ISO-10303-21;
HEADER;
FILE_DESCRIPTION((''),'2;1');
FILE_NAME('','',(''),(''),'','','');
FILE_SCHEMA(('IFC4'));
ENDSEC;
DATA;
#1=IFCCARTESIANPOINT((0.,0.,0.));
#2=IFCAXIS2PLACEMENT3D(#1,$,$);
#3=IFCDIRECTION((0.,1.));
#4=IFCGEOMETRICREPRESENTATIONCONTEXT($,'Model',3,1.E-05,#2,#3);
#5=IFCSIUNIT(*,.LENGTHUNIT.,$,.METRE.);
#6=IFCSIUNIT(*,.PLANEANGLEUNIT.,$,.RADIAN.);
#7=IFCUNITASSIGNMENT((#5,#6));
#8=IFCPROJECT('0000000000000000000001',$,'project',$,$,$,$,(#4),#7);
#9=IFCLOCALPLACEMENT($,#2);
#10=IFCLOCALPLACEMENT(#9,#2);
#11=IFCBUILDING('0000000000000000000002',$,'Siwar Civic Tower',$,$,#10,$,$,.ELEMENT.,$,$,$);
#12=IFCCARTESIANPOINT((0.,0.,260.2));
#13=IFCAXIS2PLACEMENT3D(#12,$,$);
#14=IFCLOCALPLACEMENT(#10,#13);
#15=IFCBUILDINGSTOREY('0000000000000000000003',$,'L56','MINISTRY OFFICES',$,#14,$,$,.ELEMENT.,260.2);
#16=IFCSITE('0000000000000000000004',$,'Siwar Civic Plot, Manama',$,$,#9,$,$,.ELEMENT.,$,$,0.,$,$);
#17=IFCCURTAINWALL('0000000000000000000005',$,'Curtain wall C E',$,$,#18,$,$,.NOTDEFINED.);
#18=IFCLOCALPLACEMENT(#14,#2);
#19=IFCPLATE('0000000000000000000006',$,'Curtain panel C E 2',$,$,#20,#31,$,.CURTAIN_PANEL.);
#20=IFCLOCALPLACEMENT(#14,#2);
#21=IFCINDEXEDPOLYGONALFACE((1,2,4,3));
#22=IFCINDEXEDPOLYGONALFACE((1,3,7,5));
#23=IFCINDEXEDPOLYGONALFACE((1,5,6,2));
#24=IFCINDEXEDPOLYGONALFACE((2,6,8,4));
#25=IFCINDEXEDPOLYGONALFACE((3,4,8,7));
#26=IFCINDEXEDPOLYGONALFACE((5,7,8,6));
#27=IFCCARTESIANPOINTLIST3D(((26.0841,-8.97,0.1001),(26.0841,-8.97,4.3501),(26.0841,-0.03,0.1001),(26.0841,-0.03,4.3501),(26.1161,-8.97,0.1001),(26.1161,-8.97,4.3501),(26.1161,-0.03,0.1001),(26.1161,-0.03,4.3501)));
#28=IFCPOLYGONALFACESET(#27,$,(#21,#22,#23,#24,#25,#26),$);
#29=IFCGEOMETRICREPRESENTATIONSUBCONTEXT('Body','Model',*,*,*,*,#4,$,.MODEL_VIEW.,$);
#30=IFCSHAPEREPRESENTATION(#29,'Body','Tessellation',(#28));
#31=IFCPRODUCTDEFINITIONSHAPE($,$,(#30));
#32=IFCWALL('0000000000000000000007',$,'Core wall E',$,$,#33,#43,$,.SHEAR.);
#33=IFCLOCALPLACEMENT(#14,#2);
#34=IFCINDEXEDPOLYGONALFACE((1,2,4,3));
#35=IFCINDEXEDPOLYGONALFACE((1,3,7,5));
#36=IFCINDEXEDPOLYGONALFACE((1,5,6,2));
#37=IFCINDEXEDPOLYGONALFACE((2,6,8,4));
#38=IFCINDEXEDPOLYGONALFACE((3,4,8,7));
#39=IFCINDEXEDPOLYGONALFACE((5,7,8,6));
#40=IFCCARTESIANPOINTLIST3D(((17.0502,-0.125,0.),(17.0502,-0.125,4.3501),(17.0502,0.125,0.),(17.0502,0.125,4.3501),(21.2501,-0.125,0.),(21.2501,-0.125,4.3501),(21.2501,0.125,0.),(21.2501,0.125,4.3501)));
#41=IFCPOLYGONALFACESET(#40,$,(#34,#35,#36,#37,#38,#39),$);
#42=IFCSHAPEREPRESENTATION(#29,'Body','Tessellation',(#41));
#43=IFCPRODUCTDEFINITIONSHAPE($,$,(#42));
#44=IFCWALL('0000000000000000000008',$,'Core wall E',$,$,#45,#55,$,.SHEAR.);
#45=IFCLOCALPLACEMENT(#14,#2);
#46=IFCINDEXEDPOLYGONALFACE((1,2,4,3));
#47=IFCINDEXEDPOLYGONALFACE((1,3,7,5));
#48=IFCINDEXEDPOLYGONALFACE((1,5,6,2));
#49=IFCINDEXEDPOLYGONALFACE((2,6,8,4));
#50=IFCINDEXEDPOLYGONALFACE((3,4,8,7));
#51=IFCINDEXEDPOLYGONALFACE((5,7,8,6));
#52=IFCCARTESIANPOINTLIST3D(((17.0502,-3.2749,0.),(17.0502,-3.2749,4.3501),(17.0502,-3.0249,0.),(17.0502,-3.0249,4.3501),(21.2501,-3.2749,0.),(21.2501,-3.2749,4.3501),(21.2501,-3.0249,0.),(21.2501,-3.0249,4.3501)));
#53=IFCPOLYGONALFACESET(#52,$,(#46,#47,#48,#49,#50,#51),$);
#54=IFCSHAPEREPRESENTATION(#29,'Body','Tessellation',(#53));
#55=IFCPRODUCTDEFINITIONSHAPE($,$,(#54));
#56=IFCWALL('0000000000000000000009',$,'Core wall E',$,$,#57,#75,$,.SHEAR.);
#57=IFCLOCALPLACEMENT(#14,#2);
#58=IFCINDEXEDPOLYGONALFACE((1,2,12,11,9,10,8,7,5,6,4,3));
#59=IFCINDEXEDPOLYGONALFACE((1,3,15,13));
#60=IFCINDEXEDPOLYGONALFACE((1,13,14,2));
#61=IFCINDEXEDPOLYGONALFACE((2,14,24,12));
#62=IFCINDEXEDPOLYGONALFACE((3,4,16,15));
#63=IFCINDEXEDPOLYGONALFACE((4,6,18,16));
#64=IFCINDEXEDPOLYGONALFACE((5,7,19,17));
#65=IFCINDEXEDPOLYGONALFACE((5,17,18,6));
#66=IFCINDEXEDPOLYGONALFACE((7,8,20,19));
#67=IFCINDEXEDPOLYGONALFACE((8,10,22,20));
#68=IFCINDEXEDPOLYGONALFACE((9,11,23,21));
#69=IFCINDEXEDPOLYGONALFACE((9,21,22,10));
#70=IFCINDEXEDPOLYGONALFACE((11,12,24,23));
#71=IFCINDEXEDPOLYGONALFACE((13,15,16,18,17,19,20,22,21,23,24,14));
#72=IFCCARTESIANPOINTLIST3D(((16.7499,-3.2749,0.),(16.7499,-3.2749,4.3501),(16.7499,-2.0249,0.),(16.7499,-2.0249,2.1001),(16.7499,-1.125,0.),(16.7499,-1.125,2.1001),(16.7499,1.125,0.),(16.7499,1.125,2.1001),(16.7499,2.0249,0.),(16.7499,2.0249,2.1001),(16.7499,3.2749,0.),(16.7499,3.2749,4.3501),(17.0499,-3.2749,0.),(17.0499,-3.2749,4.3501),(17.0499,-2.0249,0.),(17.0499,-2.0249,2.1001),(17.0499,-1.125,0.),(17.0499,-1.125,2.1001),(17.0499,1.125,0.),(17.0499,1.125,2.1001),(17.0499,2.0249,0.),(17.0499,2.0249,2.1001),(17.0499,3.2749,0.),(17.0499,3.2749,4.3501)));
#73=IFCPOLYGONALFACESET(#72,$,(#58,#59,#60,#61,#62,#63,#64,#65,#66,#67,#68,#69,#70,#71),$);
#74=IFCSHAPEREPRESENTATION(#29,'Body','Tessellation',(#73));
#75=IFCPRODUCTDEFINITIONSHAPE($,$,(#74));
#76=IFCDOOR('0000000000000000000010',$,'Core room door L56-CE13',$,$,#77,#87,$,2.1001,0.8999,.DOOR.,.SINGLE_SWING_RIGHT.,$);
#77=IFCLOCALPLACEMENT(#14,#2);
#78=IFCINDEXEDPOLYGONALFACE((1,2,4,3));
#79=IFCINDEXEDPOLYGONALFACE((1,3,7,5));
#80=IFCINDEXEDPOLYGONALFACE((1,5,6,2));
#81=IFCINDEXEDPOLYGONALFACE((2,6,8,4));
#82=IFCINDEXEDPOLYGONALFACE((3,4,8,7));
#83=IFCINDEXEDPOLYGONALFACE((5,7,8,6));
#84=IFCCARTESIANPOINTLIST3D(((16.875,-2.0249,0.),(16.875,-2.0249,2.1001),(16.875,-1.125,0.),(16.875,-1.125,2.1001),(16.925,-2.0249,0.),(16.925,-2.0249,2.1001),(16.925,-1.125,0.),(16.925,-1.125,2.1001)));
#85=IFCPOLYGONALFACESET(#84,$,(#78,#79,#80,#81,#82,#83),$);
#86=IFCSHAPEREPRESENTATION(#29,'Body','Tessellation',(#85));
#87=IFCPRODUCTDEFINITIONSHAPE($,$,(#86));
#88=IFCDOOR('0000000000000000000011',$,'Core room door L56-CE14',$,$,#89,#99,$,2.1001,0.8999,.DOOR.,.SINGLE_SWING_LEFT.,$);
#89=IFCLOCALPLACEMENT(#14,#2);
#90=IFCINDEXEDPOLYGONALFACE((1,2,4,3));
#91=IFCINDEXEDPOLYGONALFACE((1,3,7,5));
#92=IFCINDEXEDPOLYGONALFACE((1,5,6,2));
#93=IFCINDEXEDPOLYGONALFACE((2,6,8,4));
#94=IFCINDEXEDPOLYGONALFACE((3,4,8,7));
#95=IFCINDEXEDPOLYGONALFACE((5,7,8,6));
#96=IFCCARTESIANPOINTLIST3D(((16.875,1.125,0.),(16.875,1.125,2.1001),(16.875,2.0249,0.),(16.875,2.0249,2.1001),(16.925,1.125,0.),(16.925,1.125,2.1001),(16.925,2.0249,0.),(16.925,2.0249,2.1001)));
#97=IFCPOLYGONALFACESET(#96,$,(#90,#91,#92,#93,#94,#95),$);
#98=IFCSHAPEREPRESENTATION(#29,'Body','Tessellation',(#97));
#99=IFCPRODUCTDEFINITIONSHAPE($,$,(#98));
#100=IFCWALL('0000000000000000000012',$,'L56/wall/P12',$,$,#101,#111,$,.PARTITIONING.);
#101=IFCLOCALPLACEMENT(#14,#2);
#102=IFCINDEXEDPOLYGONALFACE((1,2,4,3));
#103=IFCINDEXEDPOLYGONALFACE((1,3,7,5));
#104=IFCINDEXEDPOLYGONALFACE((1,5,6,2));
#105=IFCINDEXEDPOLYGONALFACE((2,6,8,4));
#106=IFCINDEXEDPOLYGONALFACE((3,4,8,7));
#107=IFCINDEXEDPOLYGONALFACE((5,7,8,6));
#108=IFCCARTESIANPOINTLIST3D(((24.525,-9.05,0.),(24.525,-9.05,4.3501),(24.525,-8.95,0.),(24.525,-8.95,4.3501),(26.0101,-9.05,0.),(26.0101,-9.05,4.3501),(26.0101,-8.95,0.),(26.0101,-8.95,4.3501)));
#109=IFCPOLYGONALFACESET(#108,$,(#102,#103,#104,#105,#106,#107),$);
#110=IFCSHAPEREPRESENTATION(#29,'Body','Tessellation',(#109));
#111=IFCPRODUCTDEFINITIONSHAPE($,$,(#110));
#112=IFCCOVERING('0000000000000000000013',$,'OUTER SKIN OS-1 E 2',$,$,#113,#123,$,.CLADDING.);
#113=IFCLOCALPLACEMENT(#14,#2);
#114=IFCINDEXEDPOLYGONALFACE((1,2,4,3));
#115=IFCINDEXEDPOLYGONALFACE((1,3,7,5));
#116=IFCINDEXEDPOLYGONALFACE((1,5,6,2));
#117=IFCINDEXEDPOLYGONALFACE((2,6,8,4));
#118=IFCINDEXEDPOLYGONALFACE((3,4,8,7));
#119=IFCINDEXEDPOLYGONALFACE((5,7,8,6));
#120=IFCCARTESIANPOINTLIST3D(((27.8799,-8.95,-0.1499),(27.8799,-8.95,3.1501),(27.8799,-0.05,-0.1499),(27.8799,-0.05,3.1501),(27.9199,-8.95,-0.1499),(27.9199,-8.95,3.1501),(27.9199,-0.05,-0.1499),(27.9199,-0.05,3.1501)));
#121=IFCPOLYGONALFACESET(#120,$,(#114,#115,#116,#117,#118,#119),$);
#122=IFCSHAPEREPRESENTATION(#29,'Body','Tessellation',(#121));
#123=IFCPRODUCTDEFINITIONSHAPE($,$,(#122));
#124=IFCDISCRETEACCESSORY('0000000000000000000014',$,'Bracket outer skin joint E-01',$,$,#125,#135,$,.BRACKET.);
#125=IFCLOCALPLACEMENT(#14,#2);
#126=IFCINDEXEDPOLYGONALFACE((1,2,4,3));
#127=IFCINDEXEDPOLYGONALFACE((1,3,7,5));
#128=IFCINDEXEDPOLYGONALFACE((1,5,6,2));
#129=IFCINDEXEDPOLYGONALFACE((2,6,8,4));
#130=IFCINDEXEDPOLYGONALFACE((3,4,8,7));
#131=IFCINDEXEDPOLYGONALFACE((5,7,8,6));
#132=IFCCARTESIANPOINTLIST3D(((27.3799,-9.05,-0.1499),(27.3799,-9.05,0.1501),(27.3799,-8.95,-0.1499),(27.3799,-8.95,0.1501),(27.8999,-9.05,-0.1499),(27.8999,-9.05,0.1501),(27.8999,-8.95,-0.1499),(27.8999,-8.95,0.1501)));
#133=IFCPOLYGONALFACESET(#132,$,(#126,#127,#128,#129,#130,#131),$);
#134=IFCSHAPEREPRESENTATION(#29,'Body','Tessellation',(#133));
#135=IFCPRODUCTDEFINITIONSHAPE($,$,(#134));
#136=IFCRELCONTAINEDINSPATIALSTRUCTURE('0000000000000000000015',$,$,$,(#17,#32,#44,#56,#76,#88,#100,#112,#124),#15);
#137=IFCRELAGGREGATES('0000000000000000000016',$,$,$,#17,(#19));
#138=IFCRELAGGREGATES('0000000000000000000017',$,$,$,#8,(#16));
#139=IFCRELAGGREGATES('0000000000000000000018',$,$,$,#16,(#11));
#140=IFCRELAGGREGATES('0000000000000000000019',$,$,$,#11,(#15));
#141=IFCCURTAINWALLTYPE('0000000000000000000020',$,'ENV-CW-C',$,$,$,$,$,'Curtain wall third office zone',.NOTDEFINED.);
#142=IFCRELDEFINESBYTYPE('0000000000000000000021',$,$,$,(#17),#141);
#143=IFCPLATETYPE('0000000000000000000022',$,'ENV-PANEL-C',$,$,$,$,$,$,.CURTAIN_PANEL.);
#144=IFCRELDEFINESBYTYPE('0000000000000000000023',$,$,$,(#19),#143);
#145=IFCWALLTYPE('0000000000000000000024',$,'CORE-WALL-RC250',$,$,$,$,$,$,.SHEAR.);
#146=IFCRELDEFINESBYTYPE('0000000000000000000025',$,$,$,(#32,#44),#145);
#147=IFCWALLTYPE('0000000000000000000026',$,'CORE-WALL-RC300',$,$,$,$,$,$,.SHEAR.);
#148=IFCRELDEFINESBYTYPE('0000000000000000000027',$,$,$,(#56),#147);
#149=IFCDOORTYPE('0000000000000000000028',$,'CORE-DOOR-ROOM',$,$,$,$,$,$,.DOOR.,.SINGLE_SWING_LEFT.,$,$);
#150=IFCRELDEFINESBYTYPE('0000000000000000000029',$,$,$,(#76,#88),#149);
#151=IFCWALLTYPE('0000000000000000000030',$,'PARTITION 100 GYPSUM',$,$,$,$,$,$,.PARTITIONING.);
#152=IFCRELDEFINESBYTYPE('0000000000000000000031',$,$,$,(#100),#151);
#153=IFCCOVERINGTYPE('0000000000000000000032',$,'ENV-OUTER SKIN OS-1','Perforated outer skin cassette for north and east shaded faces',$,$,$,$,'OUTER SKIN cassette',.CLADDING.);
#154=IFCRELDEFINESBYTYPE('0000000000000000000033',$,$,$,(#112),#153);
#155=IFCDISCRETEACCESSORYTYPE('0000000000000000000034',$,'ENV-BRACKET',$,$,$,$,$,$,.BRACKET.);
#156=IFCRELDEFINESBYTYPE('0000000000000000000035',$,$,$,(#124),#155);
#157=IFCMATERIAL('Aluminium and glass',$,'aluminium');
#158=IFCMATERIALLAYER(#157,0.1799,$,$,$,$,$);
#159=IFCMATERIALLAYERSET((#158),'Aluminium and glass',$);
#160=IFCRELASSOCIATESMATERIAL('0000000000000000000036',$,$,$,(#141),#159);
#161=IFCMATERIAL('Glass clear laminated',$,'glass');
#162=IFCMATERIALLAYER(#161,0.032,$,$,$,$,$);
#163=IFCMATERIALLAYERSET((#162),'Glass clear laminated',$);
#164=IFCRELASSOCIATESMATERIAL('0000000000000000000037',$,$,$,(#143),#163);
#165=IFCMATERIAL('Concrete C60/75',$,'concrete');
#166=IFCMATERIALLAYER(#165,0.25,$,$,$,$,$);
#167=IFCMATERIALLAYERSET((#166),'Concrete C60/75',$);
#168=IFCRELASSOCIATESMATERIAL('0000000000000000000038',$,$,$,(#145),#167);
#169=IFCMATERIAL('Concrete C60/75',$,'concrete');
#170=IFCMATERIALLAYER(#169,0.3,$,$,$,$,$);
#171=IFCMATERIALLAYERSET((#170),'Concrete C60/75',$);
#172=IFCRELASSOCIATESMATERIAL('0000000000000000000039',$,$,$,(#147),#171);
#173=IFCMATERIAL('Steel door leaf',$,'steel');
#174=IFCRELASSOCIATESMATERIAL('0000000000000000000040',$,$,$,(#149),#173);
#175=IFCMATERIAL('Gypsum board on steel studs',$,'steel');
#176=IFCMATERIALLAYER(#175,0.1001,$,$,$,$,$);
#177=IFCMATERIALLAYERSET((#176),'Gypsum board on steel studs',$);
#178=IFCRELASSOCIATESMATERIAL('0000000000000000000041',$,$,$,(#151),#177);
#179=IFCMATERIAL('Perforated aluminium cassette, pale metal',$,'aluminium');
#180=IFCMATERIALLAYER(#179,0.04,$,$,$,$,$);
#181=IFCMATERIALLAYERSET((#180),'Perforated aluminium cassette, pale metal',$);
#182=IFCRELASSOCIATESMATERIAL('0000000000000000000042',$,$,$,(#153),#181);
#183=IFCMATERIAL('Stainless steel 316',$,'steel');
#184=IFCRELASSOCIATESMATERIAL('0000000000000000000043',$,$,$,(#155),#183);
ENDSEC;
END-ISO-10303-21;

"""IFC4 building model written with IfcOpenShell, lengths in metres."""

from ifc_helpers import new_model, si_unit, direction, frame, frame_2d, origin, origin_2d, place, context, subcontext, project, spatial, rectangle, extrude, material, layer, layer_set, type_object, element, fill, aggregate, save


model = new_model("IFC4")

# Units and contexts
model_context = context("Model", 3, precision=1e-05, world=origin(), true_north=direction((0.0, 1.0)))
body_context = subcontext(model_context, "Body", "Model", "MODEL_VIEW")
ifc_project = project(units=[si_unit("LENGTHUNIT", "METRE"), si_unit("PLANEANGLEUNIT", "RADIAN")], contexts=[model_context])

# Site, building, storey
site_placement = place(None, origin())
site = spatial("IfcSite", under=ifc_project, at=site_placement, Name="Siwar Civic Plot, Manama", CompositionType="ELEMENT", RefElevation=0.0)
building_placement = place(site_placement, origin())
building = spatial("IfcBuilding", under=site, at=building_placement, Name="Siwar Civic Tower", CompositionType="ELEMENT")
storey_placement = place(building_placement, frame((0.0, 0.0, 260.2)))
storey = spatial("IfcBuildingStorey", under=building, at=storey_placement, Name="L56", Description="MINISTRY OFFICES", CompositionType="ELEMENT", Elevation=260.2)

# Curtain wall
ifc_material_1 = material(Name="Aluminium and glass", Category="aluminium")
ifc_layer_1 = layer(ifc_material_1, 0.1799)
ifc_layer_set_1 = layer_set([ifc_layer_1], Name="Aluminium and glass")
curtain_wall_type = type_object("IfcCurtainWallType", Name="ENV-CW-C", ElementType="Curtain wall third office zone", PredefinedType="NOTDEFINED", material=ifc_layer_set_1)
curtain_wall_placement = place(storey_placement, origin())
curtain_wall = element("IfcCurtainWall", 1, at=curtain_wall_placement, inside=storey, type_object=curtain_wall_type, Name="Curtain wall C E", PredefinedType="NOTDEFINED")

# Plate
ifc_material_2 = material(Name="Glass clear laminated", Category="glass")
ifc_layer_2 = layer(ifc_material_2, 0.032)
ifc_layer_set_2 = layer_set([ifc_layer_2], Name="Glass clear laminated")
plate_type = type_object("IfcPlateType", Name="ENV-PANEL-C", PredefinedType="CURTAIN_PANEL", material=ifc_layer_set_2)
plate_placement = place(storey_placement, frame((26.1001, -4.5, 0.1001), z_axis=(0.0, 0.0, 1.0), x_axis=(0.0, 1.0, 0.0)))
plate = element("IfcPlate", 2, at=plate_placement, type_object=plate_type, Name="Curtain panel C E 2", PredefinedType="CURTAIN_PANEL", context=body_context, shape_type="SweptSolid", body=[
    extrude(rectangle(XDim=8.9399, YDim=0.032, at=origin_2d()), origin(), (0.0, 0.0, 1.0), 4.25),
])
aggregate(curtain_wall, [plate])

# Walls
ifc_material_3 = material(Name="Concrete C60/75", Category="concrete")
ifc_layer_3 = layer(ifc_material_3, 0.25)
ifc_layer_set_3 = layer_set([ifc_layer_3], Name="Concrete C60/75")
wall_type_1 = type_object("IfcWallType", Name="CORE-WALL-RC250", PredefinedType="SHEAR", material=ifc_layer_set_3)
for number, where, z_axis, x_axis, name in (
    (3, (17.05, 0.0, 0.0), (0.0, 0.0, 1.0), (1.0, 0.0, 0.0), "Core wall E"),
    (4, (17.05, -3.1499, 0.0), (0.0, 0.0, 1.0), (1.0, 0.0, 0.0), "Core wall E"),
):
    element("IfcWall", number, at=place(storey_placement, frame(where, z_axis=z_axis, x_axis=x_axis)), inside=storey, type_object=wall_type_1, Name=name, PredefinedType="SHEAR", context=body_context, shape_type="SweptSolid", body=[
        extrude(rectangle(XDim=4.2, YDim=0.25, at=frame_2d((2.1001, 0.0))), origin(), (0.0, 0.0, 1.0), 4.3501),
    ])

# Wall, openings, doors
ifc_material_4 = material(Name="Concrete C60/75", Category="concrete")
ifc_layer_4 = layer(ifc_material_4, 0.3)
ifc_layer_set_4 = layer_set([ifc_layer_4], Name="Concrete C60/75")
wall_type_2 = type_object("IfcWallType", Name="CORE-WALL-RC300", PredefinedType="SHEAR", material=ifc_layer_set_4)
wall_1_placement = place(storey_placement, frame((16.8999, -3.2749, 0.0), z_axis=(0.0, 0.0, 1.0), x_axis=(0.0, 1.0, 0.0)))
wall_1 = element("IfcWall", 5, at=wall_1_placement, inside=storey, type_object=wall_type_2, Name="Core wall E", PredefinedType="SHEAR", context=body_context, shape_type="SweptSolid", body=[
    extrude(rectangle(XDim=6.5498, YDim=0.3, at=frame_2d((3.2749, 0.0))), origin(), (0.0, 0.0, 1.0), 4.3501),
])
opening_1_placement = place(wall_1_placement, frame((1.25, 0.0, 0.0)))
opening_1 = element("IfcOpeningElement", 6, at=opening_1_placement, cuts=wall_1, PredefinedType="OPENING", context=body_context, shape_type="SweptSolid", body=[
    extrude(rectangle(XDim=0.8999, YDim=2.1001, at=frame_2d((0.45, 1.05))), frame((0.0, 0.1602, 0.0), z_axis=(0.0, -1.0, 0.0), x_axis=(1.0, 0.0, 0.0)), (0.0, 0.0, 1.0), 0.3201),
])
opening_2_placement = place(wall_1_placement, frame((4.3999, 0.0, 0.0)))
opening_2 = element("IfcOpeningElement", 7, at=opening_2_placement, cuts=wall_1, PredefinedType="OPENING", context=body_context, shape_type="SweptSolid", body=[
    extrude(rectangle(XDim=0.8999, YDim=2.1001, at=frame_2d((0.45, 1.05))), frame((0.0, 0.1602, 0.0), z_axis=(0.0, -1.0, 0.0), x_axis=(1.0, 0.0, 0.0)), (0.0, 0.0, 1.0), 0.3201),
])
ifc_material_5 = material(Name="Steel door leaf", Category="steel")
door_type = type_object("IfcDoorType", Name="CORE-DOOR-ROOM", OperationType="SINGLE_SWING_LEFT", PredefinedType="DOOR", material=ifc_material_5)
door_1_placement = place(opening_1_placement, origin())
door_1 = element("IfcDoor", 8, at=door_1_placement, inside=storey, type_object=door_type, Name="Core room door L56-CE13", OperationType="SINGLE_SWING_RIGHT", OverallHeight=2.1001, OverallWidth=0.8999, PredefinedType="DOOR", context=body_context, shape_type="SweptSolid", body=[
    extrude(rectangle(XDim=0.8999, YDim=2.1001, at=frame_2d((0.45, 1.05))), frame((0.0, 0.0249, 0.0), z_axis=(0.0, -1.0, 0.0), x_axis=(1.0, 0.0, 0.0)), (0.0, 0.0, 1.0), 0.05),
])
fill(opening_1, door_1)
door_2_placement = place(opening_2_placement, origin())
door_2 = element("IfcDoor", 9, at=door_2_placement, inside=storey, type_object=door_type, Name="Core room door L56-CE14", OperationType="SINGLE_SWING_LEFT", OverallHeight=2.1001, OverallWidth=0.8999, PredefinedType="DOOR", context=body_context, shape_type="SweptSolid", body=[
    extrude(rectangle(XDim=0.8999, YDim=2.1001, at=frame_2d((0.45, 1.05))), frame((0.0, 0.0249, 0.0), z_axis=(0.0, -1.0, 0.0), x_axis=(1.0, 0.0, 0.0)), (0.0, 0.0, 1.0), 0.05),
])
fill(opening_2, door_2)

# Wall
ifc_material_6 = material(Name="Gypsum board on steel studs", Category="steel")
ifc_layer_5 = layer(ifc_material_6, 0.1001)
ifc_layer_set_5 = layer_set([ifc_layer_5], Name="Gypsum board on steel studs")
wall_type_3 = type_object("IfcWallType", Name="PARTITION 100 GYPSUM", PredefinedType="PARTITIONING", material=ifc_layer_set_5)
wall_2_placement = place(storey_placement, frame((24.5249, -9.0, 0.0), z_axis=(0.0, 0.0, 1.0), x_axis=(1.0, 0.0, 0.0)))
element("IfcWall", 10, at=wall_2_placement, inside=storey, type_object=wall_type_3, Name="L56/wall/P12", PredefinedType="PARTITIONING", context=body_context, shape_type="SweptSolid", body=[
    extrude(rectangle(XDim=1.4851, YDim=0.1001, at=frame_2d((0.7427, 0.0))), origin(), (0.0, 0.0, 1.0), 4.3501),
])

# Covering
ifc_material_7 = material(Name="Perforated aluminium cassette, pale metal", Category="aluminium")
ifc_layer_6 = layer(ifc_material_7, 0.04)
ifc_layer_set_6 = layer_set([ifc_layer_6], Name="Perforated aluminium cassette, pale metal")
covering_type = type_object("IfcCoveringType", Name="ENV-OUTER SKIN OS-1", Description="Perforated outer skin cassette for north and east shaded faces", ElementType="OUTER SKIN cassette", PredefinedType="CLADDING", material=ifc_layer_set_6)
covering_placement = place(storey_placement, frame((27.8999, -4.5, -0.1499), z_axis=(0.0, 0.0, 1.0), x_axis=(0.0, 1.0, 0.0)))
element("IfcCovering", 11, at=covering_placement, inside=storey, type_object=covering_type, Name="OUTER SKIN OS-1 E 2", PredefinedType="CLADDING", context=body_context, shape_type="SweptSolid", body=[
    extrude(rectangle(XDim=8.8999, YDim=0.04, at=origin_2d()), origin(), (0.0, 0.0, 1.0), 3.3),
])

# Discrete accessory
ifc_material_8 = material(Name="Stainless steel 316", Category="steel")
discrete_accessory_type = type_object("IfcDiscreteAccessoryType", Name="ENV-BRACKET", PredefinedType="BRACKET", material=ifc_material_8)
discrete_accessory_placement = place(storey_placement, frame((27.6399, -9.0, -0.1499), z_axis=(0.0, 0.0, 1.0), x_axis=(1.0, 0.0, 0.0)))
element("IfcDiscreteAccessory", 12, at=discrete_accessory_placement, inside=storey, type_object=discrete_accessory_type, Name="Bracket outer skin joint E-01", PredefinedType="BRACKET", context=body_context, shape_type="SweptSolid", body=[
    extrude(rectangle(XDim=0.52, YDim=0.1001, at=origin_2d()), origin(), (0.0, 0.0, 1.0), 0.3),
])

save(model, "model.ifc")
